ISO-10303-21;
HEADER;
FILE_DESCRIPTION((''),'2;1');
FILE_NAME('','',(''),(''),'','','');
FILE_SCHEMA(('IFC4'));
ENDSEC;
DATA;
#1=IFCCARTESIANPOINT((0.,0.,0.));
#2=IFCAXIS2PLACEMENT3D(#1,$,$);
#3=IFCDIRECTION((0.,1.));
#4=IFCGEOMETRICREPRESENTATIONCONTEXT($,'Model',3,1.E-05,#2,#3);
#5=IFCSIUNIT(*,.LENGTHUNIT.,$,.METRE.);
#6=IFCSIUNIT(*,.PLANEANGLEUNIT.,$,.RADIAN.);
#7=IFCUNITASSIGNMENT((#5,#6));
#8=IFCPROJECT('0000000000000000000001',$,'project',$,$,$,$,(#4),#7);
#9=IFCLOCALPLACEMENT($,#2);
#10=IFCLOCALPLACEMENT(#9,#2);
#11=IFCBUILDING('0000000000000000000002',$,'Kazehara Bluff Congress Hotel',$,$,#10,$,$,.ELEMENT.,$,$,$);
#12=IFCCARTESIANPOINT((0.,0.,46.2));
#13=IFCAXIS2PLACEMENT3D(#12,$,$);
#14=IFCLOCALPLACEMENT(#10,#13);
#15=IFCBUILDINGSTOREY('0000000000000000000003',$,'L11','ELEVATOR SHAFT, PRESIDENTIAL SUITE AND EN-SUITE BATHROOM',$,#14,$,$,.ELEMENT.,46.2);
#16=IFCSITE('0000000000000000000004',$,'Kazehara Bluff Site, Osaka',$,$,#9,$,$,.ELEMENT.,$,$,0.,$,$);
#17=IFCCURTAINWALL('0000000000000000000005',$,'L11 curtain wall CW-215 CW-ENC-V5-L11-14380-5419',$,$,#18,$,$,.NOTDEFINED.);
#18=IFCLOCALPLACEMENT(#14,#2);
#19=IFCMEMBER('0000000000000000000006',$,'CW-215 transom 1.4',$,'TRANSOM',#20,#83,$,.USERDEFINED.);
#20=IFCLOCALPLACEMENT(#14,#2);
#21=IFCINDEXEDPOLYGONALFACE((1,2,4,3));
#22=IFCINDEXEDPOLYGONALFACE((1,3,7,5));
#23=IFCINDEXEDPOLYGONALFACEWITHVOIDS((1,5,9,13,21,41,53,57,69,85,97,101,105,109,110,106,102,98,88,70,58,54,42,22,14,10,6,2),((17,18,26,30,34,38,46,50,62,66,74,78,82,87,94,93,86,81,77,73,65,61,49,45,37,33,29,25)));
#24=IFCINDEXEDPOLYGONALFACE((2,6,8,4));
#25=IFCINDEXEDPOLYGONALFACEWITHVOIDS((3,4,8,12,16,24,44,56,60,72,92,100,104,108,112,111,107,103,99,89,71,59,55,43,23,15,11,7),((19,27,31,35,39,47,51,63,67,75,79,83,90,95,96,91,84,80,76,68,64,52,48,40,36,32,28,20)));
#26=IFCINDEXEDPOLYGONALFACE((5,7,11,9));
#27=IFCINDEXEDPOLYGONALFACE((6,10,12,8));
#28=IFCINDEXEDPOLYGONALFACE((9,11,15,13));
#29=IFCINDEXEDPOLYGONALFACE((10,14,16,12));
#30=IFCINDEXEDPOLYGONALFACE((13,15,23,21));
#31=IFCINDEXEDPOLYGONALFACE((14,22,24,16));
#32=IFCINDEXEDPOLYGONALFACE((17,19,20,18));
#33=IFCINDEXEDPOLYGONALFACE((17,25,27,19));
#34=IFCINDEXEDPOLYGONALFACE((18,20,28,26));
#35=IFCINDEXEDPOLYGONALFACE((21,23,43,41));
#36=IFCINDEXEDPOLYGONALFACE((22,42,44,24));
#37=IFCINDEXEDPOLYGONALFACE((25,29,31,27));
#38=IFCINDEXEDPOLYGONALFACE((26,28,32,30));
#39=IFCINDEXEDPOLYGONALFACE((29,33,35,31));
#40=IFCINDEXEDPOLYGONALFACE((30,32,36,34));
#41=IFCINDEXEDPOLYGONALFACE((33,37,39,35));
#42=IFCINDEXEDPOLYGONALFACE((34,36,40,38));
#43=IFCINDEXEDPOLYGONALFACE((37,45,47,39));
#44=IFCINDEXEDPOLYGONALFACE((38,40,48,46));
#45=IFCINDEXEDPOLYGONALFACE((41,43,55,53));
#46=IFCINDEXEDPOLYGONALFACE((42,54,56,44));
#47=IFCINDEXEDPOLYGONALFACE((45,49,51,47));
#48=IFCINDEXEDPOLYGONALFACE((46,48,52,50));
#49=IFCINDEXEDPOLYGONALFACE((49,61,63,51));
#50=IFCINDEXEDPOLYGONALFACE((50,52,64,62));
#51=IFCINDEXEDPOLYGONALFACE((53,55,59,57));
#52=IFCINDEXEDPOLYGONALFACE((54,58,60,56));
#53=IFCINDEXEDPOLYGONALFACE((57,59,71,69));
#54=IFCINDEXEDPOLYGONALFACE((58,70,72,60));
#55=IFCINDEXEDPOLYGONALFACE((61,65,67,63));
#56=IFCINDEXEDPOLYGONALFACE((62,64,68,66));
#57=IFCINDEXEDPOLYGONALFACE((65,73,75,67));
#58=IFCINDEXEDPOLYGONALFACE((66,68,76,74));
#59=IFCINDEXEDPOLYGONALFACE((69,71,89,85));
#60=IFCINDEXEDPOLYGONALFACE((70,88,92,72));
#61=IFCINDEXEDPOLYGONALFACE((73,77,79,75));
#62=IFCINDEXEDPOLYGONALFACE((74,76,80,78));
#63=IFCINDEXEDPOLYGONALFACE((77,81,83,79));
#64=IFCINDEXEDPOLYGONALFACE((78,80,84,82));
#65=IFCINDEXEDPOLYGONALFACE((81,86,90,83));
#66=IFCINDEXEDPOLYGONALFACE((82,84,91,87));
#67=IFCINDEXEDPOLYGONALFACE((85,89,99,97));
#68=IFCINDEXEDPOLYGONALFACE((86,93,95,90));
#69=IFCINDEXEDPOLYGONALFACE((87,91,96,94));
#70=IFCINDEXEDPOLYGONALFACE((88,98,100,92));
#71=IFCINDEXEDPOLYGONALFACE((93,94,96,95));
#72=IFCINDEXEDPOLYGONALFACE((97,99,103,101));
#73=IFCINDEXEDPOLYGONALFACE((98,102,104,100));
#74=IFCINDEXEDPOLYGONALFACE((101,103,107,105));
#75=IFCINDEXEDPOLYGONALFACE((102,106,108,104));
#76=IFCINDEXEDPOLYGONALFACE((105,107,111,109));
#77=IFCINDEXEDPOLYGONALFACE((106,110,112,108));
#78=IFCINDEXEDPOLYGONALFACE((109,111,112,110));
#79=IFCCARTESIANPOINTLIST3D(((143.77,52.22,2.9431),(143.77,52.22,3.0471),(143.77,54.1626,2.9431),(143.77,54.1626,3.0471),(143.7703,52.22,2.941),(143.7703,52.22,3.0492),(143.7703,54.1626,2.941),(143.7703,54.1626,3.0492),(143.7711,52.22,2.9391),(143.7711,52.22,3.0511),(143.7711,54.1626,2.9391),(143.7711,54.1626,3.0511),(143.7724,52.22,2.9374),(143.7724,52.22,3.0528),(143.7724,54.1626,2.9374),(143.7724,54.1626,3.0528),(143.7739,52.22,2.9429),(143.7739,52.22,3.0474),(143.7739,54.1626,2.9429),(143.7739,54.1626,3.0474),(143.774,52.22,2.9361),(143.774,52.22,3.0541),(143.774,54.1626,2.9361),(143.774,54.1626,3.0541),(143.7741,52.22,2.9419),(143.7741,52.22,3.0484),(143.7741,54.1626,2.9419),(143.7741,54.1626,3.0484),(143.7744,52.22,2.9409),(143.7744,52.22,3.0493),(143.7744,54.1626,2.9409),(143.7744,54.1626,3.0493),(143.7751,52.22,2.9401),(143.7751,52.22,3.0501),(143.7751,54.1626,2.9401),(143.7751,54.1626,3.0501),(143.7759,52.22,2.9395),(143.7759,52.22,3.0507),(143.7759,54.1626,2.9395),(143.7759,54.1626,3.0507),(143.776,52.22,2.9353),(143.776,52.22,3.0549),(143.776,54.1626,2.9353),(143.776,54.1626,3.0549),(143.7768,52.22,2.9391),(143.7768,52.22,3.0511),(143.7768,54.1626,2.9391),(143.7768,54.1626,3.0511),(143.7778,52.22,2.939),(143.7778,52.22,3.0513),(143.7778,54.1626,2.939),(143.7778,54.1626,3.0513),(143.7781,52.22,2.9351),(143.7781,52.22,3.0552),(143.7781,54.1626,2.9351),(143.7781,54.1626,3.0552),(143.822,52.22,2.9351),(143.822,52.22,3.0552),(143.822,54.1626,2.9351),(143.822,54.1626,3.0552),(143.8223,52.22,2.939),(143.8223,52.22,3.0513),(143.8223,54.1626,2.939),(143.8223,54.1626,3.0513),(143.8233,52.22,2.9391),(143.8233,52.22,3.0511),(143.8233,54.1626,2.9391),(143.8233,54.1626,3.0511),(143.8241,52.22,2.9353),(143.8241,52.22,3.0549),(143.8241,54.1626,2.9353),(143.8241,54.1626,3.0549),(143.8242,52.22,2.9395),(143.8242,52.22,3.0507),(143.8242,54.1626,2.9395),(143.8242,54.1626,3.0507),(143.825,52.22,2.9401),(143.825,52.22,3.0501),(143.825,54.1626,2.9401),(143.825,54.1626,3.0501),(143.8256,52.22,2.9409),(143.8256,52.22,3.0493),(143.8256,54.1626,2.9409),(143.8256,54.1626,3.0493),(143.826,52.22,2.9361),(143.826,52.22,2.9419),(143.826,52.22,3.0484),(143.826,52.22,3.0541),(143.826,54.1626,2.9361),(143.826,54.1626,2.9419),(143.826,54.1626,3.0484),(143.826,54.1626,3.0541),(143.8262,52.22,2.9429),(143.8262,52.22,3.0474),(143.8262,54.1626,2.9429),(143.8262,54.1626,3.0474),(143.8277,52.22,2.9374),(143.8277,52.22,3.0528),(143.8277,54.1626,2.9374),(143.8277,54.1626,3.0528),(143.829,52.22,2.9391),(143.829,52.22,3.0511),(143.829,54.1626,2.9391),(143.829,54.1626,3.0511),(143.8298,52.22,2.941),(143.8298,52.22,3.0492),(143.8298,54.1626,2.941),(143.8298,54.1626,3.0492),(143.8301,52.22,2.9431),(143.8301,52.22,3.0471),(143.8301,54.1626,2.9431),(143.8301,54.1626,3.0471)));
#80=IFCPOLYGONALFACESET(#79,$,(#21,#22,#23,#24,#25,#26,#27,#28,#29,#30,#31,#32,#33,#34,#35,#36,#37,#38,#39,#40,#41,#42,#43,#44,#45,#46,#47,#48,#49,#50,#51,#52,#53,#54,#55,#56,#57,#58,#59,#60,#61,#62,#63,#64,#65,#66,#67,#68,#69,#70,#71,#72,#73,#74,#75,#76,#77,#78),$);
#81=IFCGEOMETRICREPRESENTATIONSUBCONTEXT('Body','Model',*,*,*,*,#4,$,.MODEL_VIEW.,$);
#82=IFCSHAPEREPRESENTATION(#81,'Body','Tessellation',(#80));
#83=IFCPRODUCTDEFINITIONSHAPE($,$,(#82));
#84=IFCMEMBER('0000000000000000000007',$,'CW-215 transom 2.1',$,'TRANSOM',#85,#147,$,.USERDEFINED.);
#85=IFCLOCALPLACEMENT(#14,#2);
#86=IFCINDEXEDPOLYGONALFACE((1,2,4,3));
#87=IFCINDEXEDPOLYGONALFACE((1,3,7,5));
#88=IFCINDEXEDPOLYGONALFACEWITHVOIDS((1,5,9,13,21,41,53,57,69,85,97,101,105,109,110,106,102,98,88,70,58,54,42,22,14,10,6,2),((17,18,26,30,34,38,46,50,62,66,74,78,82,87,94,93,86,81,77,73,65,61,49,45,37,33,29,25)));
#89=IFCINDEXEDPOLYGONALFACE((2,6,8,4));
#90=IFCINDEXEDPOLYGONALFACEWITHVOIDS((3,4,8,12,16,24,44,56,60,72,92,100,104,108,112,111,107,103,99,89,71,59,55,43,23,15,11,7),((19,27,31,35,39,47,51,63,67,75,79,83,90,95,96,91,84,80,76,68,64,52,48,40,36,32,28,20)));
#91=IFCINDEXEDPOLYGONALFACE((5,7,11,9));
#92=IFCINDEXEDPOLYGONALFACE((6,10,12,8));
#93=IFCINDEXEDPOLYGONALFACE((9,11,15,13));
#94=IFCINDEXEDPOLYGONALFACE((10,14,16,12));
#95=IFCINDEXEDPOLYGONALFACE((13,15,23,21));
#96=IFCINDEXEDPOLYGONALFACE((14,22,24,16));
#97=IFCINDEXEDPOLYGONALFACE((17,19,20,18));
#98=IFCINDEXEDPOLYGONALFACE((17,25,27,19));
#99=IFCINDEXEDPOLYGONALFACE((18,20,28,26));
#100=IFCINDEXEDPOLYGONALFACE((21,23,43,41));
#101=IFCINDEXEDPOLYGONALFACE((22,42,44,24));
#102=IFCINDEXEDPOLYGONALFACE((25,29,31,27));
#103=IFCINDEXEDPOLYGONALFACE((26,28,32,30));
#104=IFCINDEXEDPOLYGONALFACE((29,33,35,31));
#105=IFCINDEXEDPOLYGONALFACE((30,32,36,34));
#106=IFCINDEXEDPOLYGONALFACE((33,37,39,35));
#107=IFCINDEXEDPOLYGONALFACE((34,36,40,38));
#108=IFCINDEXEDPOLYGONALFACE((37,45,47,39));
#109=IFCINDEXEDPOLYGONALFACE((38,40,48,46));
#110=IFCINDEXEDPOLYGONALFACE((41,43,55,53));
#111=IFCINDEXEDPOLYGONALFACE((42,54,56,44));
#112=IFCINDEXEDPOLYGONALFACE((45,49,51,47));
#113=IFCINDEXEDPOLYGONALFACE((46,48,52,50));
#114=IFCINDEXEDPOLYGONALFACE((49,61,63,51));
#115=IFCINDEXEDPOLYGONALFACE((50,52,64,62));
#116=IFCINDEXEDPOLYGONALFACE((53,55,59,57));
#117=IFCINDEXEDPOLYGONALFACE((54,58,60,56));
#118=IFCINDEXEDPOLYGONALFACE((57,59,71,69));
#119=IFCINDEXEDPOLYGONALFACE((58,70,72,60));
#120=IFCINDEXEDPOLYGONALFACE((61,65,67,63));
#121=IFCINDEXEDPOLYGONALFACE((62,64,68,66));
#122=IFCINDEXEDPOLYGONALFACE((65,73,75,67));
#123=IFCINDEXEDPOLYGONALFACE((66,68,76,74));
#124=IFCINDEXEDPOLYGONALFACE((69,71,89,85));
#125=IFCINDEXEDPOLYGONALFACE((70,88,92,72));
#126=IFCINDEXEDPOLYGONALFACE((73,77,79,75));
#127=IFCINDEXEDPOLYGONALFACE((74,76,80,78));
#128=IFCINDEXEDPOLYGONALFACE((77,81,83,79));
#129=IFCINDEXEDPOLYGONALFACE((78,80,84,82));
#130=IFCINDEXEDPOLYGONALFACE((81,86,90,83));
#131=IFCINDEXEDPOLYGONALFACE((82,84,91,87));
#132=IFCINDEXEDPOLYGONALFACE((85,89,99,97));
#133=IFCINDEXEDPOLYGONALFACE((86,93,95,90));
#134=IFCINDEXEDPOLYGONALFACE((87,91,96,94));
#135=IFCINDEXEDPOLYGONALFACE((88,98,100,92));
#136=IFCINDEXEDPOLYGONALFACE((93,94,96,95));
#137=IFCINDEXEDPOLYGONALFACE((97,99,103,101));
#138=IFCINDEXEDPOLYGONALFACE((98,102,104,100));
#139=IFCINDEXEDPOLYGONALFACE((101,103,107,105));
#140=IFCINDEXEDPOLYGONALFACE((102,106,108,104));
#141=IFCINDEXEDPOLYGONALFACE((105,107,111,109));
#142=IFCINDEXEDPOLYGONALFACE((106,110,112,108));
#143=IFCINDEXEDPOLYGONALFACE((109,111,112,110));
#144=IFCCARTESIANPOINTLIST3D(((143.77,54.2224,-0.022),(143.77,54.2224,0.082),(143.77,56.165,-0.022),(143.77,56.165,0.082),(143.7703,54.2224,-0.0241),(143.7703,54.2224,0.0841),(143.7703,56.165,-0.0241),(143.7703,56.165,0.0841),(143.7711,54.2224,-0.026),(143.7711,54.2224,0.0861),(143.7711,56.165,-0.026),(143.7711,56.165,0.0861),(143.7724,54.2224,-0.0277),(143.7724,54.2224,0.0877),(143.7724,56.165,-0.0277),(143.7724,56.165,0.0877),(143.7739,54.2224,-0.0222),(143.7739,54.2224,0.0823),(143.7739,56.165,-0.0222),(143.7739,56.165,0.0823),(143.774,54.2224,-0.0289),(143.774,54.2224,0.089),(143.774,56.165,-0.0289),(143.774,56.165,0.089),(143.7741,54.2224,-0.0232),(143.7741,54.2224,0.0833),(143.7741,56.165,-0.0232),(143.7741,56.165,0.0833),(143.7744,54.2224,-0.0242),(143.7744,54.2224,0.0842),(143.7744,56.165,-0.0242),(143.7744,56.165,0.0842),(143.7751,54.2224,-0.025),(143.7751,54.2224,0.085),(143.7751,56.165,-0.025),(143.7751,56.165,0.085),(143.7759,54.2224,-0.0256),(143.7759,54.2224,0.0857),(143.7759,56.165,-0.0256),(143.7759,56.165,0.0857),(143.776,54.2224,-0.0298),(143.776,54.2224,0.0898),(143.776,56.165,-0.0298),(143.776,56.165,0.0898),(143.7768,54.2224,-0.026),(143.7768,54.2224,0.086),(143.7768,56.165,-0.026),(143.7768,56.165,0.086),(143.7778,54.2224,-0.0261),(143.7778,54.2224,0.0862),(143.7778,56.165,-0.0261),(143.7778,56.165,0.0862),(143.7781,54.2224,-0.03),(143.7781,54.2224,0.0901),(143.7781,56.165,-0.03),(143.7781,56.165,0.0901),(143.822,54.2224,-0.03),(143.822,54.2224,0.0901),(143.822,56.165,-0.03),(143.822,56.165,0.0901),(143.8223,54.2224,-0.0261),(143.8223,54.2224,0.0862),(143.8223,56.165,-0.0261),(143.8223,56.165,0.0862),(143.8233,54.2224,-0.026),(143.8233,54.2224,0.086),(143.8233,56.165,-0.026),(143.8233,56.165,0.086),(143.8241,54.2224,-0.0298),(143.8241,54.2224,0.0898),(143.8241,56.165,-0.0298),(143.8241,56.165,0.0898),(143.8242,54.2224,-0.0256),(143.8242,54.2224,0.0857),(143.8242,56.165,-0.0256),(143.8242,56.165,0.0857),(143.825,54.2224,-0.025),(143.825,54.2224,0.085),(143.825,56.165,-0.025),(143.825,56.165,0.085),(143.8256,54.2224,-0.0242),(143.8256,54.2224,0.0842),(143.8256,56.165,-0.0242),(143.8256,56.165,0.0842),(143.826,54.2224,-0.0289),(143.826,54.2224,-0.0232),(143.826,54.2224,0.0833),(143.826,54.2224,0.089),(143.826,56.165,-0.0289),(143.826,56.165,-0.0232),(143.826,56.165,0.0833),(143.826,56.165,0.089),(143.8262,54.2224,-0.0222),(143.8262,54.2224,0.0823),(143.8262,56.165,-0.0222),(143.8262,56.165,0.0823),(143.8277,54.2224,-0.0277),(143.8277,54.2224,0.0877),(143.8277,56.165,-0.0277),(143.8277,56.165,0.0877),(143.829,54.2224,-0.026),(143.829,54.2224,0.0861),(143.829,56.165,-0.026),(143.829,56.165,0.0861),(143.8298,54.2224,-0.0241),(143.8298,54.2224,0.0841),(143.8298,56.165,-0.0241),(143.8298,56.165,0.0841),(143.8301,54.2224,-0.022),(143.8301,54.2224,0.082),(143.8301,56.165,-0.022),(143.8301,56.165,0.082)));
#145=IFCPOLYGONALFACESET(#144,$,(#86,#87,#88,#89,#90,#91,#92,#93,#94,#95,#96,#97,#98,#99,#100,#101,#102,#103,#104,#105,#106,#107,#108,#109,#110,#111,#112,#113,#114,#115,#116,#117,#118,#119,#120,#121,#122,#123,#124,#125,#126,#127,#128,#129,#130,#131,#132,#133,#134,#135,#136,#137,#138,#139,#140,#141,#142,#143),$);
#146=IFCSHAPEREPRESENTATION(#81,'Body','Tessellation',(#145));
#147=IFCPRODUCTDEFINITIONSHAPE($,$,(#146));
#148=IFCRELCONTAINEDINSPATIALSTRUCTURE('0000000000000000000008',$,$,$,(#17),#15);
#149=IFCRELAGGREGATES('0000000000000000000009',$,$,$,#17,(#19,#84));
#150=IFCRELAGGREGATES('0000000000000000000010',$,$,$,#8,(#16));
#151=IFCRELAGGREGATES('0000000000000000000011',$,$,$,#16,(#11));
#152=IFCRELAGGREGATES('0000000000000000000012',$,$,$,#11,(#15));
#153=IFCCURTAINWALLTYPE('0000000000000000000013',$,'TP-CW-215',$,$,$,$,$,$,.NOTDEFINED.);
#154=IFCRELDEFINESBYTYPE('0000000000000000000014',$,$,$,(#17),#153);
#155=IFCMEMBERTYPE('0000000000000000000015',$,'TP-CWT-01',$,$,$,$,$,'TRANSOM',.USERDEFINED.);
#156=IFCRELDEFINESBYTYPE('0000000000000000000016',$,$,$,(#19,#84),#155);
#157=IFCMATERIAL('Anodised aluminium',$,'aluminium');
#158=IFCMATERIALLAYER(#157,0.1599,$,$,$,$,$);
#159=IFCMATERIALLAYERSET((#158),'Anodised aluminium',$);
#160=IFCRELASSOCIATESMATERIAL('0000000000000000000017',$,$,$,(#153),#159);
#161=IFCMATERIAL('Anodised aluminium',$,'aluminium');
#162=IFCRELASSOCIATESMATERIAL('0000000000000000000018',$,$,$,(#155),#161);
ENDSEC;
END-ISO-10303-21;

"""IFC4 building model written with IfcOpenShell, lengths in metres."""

from ifc_helpers import new_model, si_unit, direction, frame, origin, origin_2d, place, context, subcontext, project, spatial, hollow_rectangle, extrude, material, layer, layer_set, material_profile, profile_set, type_object, element, aggregate, save


model = new_model("IFC4")

# Units and contexts
model_context = context("Model", 3, precision=1e-05, world=origin(), true_north=direction((0.0, 1.0)))
body_context = subcontext(model_context, "Body", "Model", "MODEL_VIEW")
ifc_project = project(units=[si_unit("LENGTHUNIT", "METRE"), si_unit("PLANEANGLEUNIT", "RADIAN")], contexts=[model_context])

# Site, building, storey
site_placement = place(None, origin())
site = spatial("IfcSite", under=ifc_project, at=site_placement, Name="Kazehara Bluff Site, Osaka", CompositionType="ELEMENT", RefElevation=0.0)
building_placement = place(site_placement, origin())
building = spatial("IfcBuilding", under=site, at=building_placement, Name="Kazehara Bluff Congress Hotel", CompositionType="ELEMENT")
storey_placement = place(building_placement, frame((0.0, 0.0, 46.2)))
storey = spatial("IfcBuildingStorey", under=building, at=storey_placement, Name="L11", Description="ELEVATOR SHAFT, PRESIDENTIAL SUITE AND EN-SUITE BATHROOM", CompositionType="ELEMENT", Elevation=46.2)

# Curtain wall
ifc_material_1 = material(Name="Anodised aluminium", Category="aluminium")
ifc_layer_1 = layer(ifc_material_1, 0.1599)
ifc_layer_set_1 = layer_set([ifc_layer_1], Name="Anodised aluminium")
curtain_wall_type_1 = type_object("IfcCurtainWallType", Name="TP-CW-215", PredefinedType="NOTDEFINED", material=ifc_layer_set_1)
curtain_wall_1_placement = place(storey_placement, origin())
curtain_wall_1 = element("IfcCurtainWall", 1, at=curtain_wall_1_placement, inside=storey, type_object=curtain_wall_type_1, Name="L11 curtain wall CW-215 CW-ENC-V5-L11-14380-5419", PredefinedType="NOTDEFINED")

# Members
ifc_material_2 = material(Name="Anodised aluminium", Category="aluminium")
ifc_material_profile_1 = material_profile(ifc_material_2, hollow_rectangle(XDim=0.0601, YDim=0.1201, WallThickness=0.0039, InnerFilletRadius=0.0039, OuterFilletRadius=0.0081, at=origin_2d()))
ifc_profile_set_1 = profile_set([ifc_material_profile_1], Name="Anodised aluminium")
member_type_1 = type_object("IfcMemberType", Name="TP-CWT-01", ElementType="TRANSOM", PredefinedType="USERDEFINED", material=ifc_profile_set_1)
member_1_placement = place(storey_placement, frame((143.8, 52.22, 2.9951), z_axis=(0.0, 1.0, 0.0), x_axis=(-1.0, 0.0, 0.0)))
member_1 = element("IfcMember", 2, at=member_1_placement, type_object=member_type_1, Name="CW-215 transom 1.4", ObjectType="TRANSOM", PredefinedType="USERDEFINED", context=body_context, shape_type="SweptSolid", body=[
    extrude(hollow_rectangle(XDim=0.0601, YDim=0.1201, WallThickness=0.0039, InnerFilletRadius=0.0039, OuterFilletRadius=0.0081, at=origin_2d()), origin(), (0.0, 0.0, 1.0), 1.9426),
])
member_2_placement = place(storey_placement, frame((143.8, 54.2224, 0.03), z_axis=(0.0, 1.0, 0.0), x_axis=(-1.0, 0.0, 0.0)))
member_2 = element("IfcMember", 3, at=member_2_placement, type_object=member_type_1, Name="CW-215 transom 2.1", ObjectType="TRANSOM", PredefinedType="USERDEFINED", context=body_context, shape_type="SweptSolid", body=[
    extrude(hollow_rectangle(XDim=0.0601, YDim=0.1201, WallThickness=0.0039, InnerFilletRadius=0.0039, OuterFilletRadius=0.0081, at=origin_2d()), origin(), (0.0, 0.0, 1.0), 1.9426),
])

aggregate(curtain_wall_1, [member_1, member_2])

save(model, "model.ifc")
